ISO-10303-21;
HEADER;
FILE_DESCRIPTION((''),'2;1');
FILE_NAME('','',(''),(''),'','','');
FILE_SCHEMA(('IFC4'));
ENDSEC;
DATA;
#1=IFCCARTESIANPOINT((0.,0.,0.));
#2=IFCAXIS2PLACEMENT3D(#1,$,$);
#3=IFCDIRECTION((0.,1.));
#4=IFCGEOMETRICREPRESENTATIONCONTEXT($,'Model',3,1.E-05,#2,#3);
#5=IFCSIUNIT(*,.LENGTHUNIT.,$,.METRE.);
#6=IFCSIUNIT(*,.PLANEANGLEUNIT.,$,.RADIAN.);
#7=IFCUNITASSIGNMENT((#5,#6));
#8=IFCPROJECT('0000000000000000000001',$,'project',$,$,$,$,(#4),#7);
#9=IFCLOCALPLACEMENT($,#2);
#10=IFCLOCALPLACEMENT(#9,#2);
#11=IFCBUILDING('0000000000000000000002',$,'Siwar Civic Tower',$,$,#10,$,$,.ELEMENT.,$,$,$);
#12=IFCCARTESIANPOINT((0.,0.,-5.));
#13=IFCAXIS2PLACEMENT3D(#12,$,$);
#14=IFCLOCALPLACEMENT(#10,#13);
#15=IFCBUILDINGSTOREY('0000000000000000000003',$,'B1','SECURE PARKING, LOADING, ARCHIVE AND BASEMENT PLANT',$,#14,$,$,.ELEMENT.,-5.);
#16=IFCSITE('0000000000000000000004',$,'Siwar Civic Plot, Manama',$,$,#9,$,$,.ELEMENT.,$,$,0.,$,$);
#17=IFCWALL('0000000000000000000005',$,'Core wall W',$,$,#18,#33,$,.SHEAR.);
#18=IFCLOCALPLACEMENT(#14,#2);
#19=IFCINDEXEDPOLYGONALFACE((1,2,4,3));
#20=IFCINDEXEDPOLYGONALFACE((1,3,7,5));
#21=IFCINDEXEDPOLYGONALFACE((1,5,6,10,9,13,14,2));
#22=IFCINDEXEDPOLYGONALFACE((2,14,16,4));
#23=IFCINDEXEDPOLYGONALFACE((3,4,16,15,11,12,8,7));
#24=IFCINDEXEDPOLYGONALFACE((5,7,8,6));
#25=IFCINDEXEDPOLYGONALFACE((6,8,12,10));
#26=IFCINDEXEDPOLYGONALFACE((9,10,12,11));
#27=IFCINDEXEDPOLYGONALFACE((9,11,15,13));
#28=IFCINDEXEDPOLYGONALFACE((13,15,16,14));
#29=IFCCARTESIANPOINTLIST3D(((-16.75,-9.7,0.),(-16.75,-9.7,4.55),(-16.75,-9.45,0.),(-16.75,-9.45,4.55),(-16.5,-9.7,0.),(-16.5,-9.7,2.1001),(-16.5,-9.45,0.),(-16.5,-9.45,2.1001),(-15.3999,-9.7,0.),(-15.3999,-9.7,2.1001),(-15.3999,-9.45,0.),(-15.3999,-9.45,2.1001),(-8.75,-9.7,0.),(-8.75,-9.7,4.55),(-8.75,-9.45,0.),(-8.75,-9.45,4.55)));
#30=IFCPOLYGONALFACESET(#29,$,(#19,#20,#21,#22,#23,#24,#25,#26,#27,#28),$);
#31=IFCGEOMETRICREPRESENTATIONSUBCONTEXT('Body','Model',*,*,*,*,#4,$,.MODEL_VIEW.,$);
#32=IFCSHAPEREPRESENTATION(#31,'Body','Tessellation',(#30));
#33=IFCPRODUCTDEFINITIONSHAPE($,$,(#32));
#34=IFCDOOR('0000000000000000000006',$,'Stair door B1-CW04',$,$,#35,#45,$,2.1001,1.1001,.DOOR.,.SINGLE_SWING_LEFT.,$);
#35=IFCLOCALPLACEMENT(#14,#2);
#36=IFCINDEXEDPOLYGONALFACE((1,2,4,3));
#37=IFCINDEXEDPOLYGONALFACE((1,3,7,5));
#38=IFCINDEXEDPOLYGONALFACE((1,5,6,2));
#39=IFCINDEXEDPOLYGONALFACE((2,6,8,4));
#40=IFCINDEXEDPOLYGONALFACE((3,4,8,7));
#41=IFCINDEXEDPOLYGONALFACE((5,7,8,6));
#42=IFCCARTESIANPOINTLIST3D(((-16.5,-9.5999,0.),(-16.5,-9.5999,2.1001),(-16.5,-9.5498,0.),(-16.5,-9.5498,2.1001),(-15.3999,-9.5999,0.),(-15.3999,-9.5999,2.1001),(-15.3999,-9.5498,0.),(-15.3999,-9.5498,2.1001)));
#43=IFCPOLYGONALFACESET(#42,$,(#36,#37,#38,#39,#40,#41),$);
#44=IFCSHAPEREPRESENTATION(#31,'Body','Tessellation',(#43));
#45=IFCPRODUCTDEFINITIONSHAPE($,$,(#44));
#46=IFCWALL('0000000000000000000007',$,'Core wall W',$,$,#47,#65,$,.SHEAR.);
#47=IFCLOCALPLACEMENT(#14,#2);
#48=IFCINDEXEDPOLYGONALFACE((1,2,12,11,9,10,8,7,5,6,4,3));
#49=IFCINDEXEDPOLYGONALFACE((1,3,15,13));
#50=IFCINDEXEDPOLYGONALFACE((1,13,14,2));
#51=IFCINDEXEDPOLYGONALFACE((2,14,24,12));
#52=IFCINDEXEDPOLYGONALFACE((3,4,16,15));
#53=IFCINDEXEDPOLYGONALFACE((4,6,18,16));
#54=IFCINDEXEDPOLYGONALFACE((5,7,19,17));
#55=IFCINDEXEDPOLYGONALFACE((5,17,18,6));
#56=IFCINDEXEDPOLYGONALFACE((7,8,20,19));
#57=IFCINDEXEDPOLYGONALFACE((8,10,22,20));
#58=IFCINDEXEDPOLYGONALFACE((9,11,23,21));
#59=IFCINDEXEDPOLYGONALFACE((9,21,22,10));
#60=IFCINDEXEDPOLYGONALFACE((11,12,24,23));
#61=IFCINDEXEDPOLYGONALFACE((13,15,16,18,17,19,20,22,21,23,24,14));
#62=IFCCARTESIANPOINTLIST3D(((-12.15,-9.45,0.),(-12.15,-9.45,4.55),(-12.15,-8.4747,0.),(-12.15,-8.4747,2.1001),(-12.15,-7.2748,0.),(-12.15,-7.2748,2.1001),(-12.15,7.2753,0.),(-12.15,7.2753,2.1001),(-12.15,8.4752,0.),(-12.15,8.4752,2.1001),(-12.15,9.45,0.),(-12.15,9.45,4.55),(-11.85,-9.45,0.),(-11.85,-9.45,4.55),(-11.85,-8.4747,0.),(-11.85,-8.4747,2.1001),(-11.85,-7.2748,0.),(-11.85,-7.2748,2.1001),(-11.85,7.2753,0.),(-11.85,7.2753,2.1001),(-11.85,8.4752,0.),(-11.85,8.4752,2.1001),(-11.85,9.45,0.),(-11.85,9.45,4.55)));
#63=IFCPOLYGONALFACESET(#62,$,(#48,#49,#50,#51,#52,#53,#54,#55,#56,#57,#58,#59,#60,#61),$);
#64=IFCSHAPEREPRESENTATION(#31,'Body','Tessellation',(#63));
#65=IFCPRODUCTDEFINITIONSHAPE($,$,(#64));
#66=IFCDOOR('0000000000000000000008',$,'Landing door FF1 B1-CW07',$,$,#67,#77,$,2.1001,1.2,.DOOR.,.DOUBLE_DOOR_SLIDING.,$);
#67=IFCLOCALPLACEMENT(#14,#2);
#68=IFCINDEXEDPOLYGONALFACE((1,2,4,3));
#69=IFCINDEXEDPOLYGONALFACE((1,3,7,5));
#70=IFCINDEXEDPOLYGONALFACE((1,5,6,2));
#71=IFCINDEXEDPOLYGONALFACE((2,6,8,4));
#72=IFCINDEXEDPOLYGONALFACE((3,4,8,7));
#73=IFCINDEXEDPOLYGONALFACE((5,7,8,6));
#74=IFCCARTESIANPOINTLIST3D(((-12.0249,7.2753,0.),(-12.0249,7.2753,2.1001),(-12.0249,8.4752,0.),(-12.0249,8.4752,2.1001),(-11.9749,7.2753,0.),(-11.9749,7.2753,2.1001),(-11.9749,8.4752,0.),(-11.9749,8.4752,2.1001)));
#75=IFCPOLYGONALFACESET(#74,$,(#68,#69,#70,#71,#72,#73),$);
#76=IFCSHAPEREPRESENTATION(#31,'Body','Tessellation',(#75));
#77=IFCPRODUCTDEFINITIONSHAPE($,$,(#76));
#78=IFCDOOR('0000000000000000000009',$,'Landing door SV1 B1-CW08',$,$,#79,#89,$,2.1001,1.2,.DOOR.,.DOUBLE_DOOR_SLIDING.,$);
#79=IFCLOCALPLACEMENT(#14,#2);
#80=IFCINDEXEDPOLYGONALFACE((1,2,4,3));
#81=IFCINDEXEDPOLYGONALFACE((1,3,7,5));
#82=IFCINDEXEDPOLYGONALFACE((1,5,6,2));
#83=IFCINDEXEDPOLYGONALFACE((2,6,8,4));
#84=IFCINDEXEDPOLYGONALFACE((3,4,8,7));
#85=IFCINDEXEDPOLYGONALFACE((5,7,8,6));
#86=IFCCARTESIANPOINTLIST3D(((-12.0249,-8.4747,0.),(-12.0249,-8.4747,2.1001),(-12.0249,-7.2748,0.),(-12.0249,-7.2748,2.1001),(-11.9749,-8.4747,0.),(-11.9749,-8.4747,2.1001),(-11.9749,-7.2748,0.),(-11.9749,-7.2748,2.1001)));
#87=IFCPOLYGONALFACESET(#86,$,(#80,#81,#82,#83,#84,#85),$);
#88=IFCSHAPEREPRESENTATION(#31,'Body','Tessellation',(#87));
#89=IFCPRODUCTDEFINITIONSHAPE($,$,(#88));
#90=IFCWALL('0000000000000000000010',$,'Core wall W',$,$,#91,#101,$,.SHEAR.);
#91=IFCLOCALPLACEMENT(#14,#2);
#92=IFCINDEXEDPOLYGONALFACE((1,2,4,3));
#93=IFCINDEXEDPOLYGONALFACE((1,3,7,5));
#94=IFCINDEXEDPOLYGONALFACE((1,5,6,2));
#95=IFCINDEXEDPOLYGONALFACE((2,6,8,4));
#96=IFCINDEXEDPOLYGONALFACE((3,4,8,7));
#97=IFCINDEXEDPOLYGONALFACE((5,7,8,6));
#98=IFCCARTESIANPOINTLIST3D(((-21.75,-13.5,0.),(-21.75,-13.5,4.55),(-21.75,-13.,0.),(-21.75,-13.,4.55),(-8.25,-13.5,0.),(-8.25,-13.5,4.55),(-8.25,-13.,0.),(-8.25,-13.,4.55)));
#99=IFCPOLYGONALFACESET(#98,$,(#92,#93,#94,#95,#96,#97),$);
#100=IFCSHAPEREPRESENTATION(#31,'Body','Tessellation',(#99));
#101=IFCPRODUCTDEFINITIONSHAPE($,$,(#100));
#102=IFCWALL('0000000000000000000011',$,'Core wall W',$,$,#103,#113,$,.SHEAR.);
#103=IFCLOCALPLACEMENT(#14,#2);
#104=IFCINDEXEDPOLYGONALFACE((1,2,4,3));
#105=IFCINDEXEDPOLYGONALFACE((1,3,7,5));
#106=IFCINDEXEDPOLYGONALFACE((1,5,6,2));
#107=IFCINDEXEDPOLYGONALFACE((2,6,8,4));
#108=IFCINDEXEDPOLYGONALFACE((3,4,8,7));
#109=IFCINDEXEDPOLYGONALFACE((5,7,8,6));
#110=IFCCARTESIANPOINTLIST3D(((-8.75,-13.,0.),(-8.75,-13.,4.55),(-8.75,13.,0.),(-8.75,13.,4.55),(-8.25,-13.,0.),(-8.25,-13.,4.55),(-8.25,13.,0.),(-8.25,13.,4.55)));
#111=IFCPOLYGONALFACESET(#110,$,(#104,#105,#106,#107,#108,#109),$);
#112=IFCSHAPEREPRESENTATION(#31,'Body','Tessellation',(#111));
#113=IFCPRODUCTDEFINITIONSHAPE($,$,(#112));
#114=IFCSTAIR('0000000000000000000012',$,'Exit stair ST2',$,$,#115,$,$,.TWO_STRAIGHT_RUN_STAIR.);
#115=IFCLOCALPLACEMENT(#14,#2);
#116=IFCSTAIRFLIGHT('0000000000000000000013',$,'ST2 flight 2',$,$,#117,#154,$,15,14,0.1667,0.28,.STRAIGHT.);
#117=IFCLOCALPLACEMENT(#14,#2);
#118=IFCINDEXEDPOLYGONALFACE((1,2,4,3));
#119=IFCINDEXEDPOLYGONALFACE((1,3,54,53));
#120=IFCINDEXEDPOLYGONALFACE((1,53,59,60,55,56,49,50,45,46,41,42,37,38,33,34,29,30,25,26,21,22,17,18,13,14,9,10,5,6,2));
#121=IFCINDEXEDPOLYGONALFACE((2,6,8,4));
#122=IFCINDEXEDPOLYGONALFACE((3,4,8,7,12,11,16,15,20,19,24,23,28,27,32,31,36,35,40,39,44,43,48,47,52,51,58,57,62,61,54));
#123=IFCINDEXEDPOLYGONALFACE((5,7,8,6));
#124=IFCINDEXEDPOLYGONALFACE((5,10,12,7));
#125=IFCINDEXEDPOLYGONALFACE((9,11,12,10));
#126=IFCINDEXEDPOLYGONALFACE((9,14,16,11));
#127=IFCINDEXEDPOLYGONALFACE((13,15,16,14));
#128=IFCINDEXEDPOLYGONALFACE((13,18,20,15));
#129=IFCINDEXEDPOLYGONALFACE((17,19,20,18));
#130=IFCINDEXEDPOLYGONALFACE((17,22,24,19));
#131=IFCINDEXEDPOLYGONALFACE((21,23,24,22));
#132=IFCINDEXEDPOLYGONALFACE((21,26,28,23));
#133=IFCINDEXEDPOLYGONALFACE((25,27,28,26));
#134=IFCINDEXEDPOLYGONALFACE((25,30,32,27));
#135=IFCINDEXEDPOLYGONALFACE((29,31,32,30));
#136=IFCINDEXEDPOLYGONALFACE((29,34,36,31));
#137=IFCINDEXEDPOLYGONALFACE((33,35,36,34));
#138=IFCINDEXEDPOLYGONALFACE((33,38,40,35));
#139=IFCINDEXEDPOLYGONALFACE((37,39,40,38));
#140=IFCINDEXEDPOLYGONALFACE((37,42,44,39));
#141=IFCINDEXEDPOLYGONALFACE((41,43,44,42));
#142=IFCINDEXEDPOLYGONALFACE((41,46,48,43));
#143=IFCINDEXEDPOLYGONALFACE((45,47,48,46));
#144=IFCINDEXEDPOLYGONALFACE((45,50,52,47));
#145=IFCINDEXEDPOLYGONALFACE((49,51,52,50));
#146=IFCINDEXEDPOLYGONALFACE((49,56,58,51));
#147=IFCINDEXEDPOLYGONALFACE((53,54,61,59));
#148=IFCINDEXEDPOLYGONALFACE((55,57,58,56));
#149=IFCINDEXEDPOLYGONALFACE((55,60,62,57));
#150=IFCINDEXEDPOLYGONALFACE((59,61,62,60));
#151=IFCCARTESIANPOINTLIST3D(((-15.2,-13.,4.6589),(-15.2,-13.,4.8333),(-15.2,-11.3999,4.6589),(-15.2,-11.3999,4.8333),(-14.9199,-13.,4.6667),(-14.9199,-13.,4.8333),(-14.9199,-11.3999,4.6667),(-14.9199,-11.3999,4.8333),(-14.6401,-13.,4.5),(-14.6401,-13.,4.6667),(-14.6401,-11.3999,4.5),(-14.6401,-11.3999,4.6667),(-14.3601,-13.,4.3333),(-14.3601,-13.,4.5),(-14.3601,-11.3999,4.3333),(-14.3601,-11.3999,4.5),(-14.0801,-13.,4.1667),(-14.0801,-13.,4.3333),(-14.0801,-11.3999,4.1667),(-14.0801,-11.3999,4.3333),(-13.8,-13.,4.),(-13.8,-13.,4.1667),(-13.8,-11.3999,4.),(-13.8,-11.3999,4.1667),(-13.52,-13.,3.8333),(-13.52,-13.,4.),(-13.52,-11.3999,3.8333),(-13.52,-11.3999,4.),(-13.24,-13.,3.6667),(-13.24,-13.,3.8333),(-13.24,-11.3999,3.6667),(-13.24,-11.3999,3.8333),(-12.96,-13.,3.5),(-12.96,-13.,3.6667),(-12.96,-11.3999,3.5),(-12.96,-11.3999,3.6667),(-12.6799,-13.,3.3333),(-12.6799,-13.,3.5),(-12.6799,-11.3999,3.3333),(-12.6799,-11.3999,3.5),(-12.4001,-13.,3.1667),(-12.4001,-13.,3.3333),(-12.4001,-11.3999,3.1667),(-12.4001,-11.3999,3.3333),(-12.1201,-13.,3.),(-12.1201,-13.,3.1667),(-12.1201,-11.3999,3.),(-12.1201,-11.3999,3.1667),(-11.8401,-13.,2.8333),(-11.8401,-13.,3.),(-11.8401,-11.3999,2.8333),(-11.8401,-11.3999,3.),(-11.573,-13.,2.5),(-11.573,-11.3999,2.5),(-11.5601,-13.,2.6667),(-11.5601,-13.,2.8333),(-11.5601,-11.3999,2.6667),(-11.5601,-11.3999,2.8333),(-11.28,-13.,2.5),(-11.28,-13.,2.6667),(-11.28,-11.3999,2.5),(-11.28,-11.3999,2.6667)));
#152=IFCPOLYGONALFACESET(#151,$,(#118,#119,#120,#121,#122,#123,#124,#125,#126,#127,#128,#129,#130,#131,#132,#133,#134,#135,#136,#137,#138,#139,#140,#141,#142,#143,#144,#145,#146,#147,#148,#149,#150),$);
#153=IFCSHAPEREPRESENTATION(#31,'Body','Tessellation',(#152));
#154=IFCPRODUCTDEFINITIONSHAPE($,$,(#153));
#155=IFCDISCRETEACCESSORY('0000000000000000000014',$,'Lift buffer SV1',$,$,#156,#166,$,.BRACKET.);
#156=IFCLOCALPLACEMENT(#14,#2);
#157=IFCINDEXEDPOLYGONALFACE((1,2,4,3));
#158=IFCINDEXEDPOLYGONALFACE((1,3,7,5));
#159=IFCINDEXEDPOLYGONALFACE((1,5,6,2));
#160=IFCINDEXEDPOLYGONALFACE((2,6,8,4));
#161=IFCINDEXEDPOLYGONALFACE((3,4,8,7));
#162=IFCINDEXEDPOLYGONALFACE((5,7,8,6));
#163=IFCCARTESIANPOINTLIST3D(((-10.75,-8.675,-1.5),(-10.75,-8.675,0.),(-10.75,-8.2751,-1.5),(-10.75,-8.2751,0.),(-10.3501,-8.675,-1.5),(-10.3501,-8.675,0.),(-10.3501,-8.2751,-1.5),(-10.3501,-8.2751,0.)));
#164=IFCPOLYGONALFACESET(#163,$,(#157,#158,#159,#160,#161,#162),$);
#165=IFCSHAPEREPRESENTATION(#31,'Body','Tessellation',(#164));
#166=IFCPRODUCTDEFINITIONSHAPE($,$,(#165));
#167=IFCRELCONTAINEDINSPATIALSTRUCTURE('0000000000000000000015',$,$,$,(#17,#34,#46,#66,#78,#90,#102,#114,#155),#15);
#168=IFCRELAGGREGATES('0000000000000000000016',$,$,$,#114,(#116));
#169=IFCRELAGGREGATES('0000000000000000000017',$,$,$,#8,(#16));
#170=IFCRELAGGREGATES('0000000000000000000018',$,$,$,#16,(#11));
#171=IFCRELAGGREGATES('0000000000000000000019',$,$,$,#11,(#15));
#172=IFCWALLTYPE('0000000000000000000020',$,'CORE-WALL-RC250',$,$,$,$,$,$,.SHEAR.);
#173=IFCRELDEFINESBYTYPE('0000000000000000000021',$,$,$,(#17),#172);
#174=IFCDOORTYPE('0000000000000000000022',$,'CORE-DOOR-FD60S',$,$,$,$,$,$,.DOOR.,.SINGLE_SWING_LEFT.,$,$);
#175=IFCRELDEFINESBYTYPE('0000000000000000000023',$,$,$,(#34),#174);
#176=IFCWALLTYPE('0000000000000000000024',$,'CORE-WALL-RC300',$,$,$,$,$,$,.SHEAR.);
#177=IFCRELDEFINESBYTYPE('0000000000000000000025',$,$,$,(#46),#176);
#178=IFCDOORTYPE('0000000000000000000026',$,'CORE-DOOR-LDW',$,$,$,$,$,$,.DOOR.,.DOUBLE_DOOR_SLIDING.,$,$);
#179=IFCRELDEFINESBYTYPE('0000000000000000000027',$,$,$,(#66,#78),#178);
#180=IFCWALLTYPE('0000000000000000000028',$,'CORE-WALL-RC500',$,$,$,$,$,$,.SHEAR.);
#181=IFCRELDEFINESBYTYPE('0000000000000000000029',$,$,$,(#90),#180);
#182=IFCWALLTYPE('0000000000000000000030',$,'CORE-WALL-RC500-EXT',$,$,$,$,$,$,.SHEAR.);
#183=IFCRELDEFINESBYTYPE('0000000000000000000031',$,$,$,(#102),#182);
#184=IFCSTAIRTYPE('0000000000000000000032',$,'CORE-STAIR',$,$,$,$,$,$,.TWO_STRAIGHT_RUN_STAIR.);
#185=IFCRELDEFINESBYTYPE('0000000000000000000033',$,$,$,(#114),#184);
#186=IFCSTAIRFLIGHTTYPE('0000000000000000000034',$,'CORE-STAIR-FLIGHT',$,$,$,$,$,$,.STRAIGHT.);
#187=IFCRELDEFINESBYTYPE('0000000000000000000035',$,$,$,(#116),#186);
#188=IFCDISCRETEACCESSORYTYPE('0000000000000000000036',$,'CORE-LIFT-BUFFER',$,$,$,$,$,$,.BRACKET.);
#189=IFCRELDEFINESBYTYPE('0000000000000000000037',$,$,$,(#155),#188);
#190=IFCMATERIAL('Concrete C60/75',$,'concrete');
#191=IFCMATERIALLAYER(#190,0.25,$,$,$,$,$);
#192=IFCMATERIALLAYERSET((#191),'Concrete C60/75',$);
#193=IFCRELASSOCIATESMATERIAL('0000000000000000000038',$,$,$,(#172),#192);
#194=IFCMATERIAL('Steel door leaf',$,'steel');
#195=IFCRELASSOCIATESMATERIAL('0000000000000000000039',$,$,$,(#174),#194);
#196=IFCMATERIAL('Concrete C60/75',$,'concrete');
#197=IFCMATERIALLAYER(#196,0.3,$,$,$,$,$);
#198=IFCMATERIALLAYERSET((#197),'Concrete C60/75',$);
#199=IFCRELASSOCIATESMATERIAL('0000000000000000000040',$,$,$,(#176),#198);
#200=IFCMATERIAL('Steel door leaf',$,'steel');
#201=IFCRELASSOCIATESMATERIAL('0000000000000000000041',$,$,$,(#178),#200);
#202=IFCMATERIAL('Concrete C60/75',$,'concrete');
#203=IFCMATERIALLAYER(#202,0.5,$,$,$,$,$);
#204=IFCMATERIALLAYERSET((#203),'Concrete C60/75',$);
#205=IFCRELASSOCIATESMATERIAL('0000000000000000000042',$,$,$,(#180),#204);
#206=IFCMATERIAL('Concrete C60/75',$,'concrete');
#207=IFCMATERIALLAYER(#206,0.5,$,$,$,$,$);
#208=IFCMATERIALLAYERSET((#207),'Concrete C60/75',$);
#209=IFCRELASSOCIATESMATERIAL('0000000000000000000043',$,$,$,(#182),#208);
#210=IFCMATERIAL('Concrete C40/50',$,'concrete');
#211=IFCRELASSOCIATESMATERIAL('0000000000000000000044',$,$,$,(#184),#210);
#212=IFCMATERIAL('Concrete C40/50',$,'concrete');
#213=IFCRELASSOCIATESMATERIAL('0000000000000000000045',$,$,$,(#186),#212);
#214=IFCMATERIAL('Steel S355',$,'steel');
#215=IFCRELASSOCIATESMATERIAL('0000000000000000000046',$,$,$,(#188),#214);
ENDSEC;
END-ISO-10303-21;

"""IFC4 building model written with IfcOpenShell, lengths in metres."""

from ifc_helpers import new_model, si_unit, direction, frame, frame_2d, origin, origin_2d, place, context, subcontext, project, spatial, polyline, rectangle, outline, extrude, material, layer, layer_set, type_object, element, fill, aggregate, save


model = new_model("IFC4")

# Units and contexts
model_context = context("Model", 3, precision=1e-05, world=origin(), true_north=direction((0.0, 1.0)))
body_context = subcontext(model_context, "Body", "Model", "MODEL_VIEW")
ifc_project = project(units=[si_unit("LENGTHUNIT", "METRE"), si_unit("PLANEANGLEUNIT", "RADIAN")], contexts=[model_context])

# Site, building, storey
site_placement = place(None, origin())
site = spatial("IfcSite", under=ifc_project, at=site_placement, Name="Siwar Civic Plot, Manama", CompositionType="ELEMENT", RefElevation=0.0)
building_placement = place(site_placement, origin())
building = spatial("IfcBuilding", under=site, at=building_placement, Name="Siwar Civic Tower", CompositionType="ELEMENT")
storey_placement = place(building_placement, frame((0.0, 0.0, -5.0)))
storey = spatial("IfcBuildingStorey", under=building, at=storey_placement, Name="B1", Description="SECURE PARKING, LOADING, ARCHIVE AND BASEMENT PLANT", CompositionType="ELEMENT", Elevation=-5.0)

# Wall, opening, door
ifc_material_1 = material(Name="Concrete C60/75", Category="concrete")
ifc_layer_1 = layer(ifc_material_1, 0.25)
ifc_layer_set_1 = layer_set([ifc_layer_1], Name="Concrete C60/75")
wall_type_1 = type_object("IfcWallType", Name="CORE-WALL-RC250", PredefinedType="SHEAR", material=ifc_layer_set_1)
wall_1_placement = place(storey_placement, frame((-8.75, -9.575, 0.0), z_axis=(0.0, 0.0, 1.0), x_axis=(-1.0, 0.0, 0.0)))
wall_1 = element("IfcWall", 1, at=wall_1_placement, inside=storey, type_object=wall_type_1, Name="Core wall W", PredefinedType="SHEAR", context=body_context, shape_type="SweptSolid", body=[
    extrude(rectangle(XDim=8.0, YDim=0.25, at=frame_2d((4.0, 0.0))), origin(), (0.0, 0.0, 1.0), 4.55),
])
opening_1_placement = place(wall_1_placement, frame((6.6499, 0.0, 0.0)))
opening_1 = element("IfcOpeningElement", 2, at=opening_1_placement, cuts=wall_1, PredefinedType="OPENING", context=body_context, shape_type="SweptSolid", body=[
    extrude(rectangle(XDim=1.1001, YDim=2.1001, at=frame_2d((0.55, 1.05))), frame((0.0, 0.135, 0.0), z_axis=(0.0, -1.0, 0.0), x_axis=(1.0, 0.0, 0.0)), (0.0, 0.0, 1.0), 0.27),
])
ifc_material_2 = material(Name="Steel door leaf", Category="steel")
door_type_1 = type_object("IfcDoorType", Name="CORE-DOOR-FD60S", OperationType="SINGLE_SWING_LEFT", PredefinedType="DOOR", material=ifc_material_2)
door_1_placement = place(opening_1_placement, origin())
door_1 = element("IfcDoor", 3, at=door_1_placement, inside=storey, type_object=door_type_1, Name="Stair door B1-CW04", OperationType="SINGLE_SWING_LEFT", OverallHeight=2.1001, OverallWidth=1.1001, PredefinedType="DOOR", context=body_context, shape_type="SweptSolid", body=[
    extrude(rectangle(XDim=1.1001, YDim=2.1001, at=frame_2d((0.55, 1.05))), frame((0.0, 0.0249, 0.0), z_axis=(0.0, -1.0, 0.0), x_axis=(1.0, 0.0, 0.0)), (0.0, 0.0, 1.0), 0.05),
])
fill(opening_1, door_1)

# Wall, openings, doors
ifc_material_3 = material(Name="Concrete C60/75", Category="concrete")
ifc_layer_2 = layer(ifc_material_3, 0.3)
ifc_layer_set_2 = layer_set([ifc_layer_2], Name="Concrete C60/75")
wall_type_2 = type_object("IfcWallType", Name="CORE-WALL-RC300", PredefinedType="SHEAR", material=ifc_layer_set_2)
wall_2_placement = place(storey_placement, frame((-12.0, -9.45, 0.0), z_axis=(0.0, 0.0, 1.0), x_axis=(0.0, 1.0, 0.0)))
wall_2 = element("IfcWall", 4, at=wall_2_placement, inside=storey, type_object=wall_type_2, Name="Core wall W", PredefinedType="SHEAR", context=body_context, shape_type="SweptSolid", body=[
    extrude(rectangle(XDim=18.8999, YDim=0.3, at=frame_2d((9.45, 0.0))), origin(), (0.0, 0.0, 1.0), 4.55),
])
opening_2_placement = place(wall_2_placement, frame((16.7251, 0.0, 0.0)))
opening_2 = element("IfcOpeningElement", 5, at=opening_2_placement, cuts=wall_2, PredefinedType="OPENING", context=body_context, shape_type="SweptSolid", body=[
    extrude(rectangle(XDim=1.2, YDim=2.1001, at=frame_2d((0.6001, 1.05))), frame((0.0, 0.1602, 0.0), z_axis=(0.0, -1.0, 0.0), x_axis=(1.0, 0.0, 0.0)), (0.0, 0.0, 1.0), 0.3201),
])
opening_3_placement = place(wall_2_placement, frame((0.9751, 0.0, 0.0)))
opening_3 = element("IfcOpeningElement", 6, at=opening_3_placement, cuts=wall_2, PredefinedType="OPENING", context=body_context, shape_type="SweptSolid", body=[
    extrude(rectangle(XDim=1.2, YDim=2.1001, at=frame_2d((0.6001, 1.05))), frame((0.0, 0.1602, 0.0), z_axis=(0.0, -1.0, 0.0), x_axis=(1.0, 0.0, 0.0)), (0.0, 0.0, 1.0), 0.3201),
])
ifc_material_4 = material(Name="Steel door leaf", Category="steel")
door_type_2 = type_object("IfcDoorType", Name="CORE-DOOR-LDW", OperationType="DOUBLE_DOOR_SLIDING", PredefinedType="DOOR", material=ifc_material_4)
door_2_placement = place(opening_2_placement, origin())
door_2 = element("IfcDoor", 7, at=door_2_placement, inside=storey, type_object=door_type_2, Name="Landing door FF1 B1-CW07", OperationType="DOUBLE_DOOR_SLIDING", OverallHeight=2.1001, OverallWidth=1.2, PredefinedType="DOOR", context=body_context, shape_type="SweptSolid", body=[
    extrude(rectangle(XDim=1.2, YDim=2.1001, at=frame_2d((0.6001, 1.05))), frame((0.0, 0.0249, 0.0), z_axis=(0.0, -1.0, 0.0), x_axis=(1.0, 0.0, 0.0)), (0.0, 0.0, 1.0), 0.05),
])
fill(opening_2, door_2)
door_3_placement = place(opening_3_placement, origin())
door_3 = element("IfcDoor", 8, at=door_3_placement, inside=storey, type_object=door_type_2, Name="Landing door SV1 B1-CW08", OperationType="DOUBLE_DOOR_SLIDING", OverallHeight=2.1001, OverallWidth=1.2, PredefinedType="DOOR", context=body_context, shape_type="SweptSolid", body=[
    extrude(rectangle(XDim=1.2, YDim=2.1001, at=frame_2d((0.6001, 1.05))), frame((0.0, 0.0249, 0.0), z_axis=(0.0, -1.0, 0.0), x_axis=(1.0, 0.0, 0.0)), (0.0, 0.0, 1.0), 0.05),
])
fill(opening_3, door_3)

# Walls
ifc_material_5 = material(Name="Concrete C60/75", Category="concrete")
ifc_layer_3 = layer(ifc_material_5, 0.5)
ifc_layer_set_3 = layer_set([ifc_layer_3], Name="Concrete C60/75")
wall_type_3 = type_object("IfcWallType", Name="CORE-WALL-RC500", PredefinedType="SHEAR", material=ifc_layer_set_3)
wall_3_placement = place(storey_placement, frame((-8.25, -13.25, 0.0), z_axis=(0.0, 0.0, 1.0), x_axis=(-1.0, 0.0, 0.0)))
element("IfcWall", 9, at=wall_3_placement, inside=storey, type_object=wall_type_3, Name="Core wall W", PredefinedType="SHEAR", context=body_context, shape_type="SweptSolid", body=[
    extrude(rectangle(XDim=13.5, YDim=0.5, at=frame_2d((6.75, 0.0))), origin(), (0.0, 0.0, 1.0), 4.55),
])
ifc_material_6 = material(Name="Concrete C60/75", Category="concrete")
ifc_layer_4 = layer(ifc_material_6, 0.5)
ifc_layer_set_4 = layer_set([ifc_layer_4], Name="Concrete C60/75")
wall_type_4 = type_object("IfcWallType", Name="CORE-WALL-RC500-EXT", PredefinedType="SHEAR", material=ifc_layer_set_4)
wall_4_placement = place(storey_placement, frame((-8.5, -13.0, 0.0), z_axis=(0.0, 0.0, 1.0), x_axis=(0.0, 1.0, 0.0)))
element("IfcWall", 10, at=wall_4_placement, inside=storey, type_object=wall_type_4, Name="Core wall W", PredefinedType="SHEAR", context=body_context, shape_type="SweptSolid", body=[
    extrude(rectangle(XDim=26.0, YDim=0.5, at=frame_2d((13.0, 0.0))), origin(), (0.0, 0.0, 1.0), 4.55),
])

# Stair, stair flight
ifc_material_7 = material(Name="Concrete C40/50", Category="concrete")
stair_type = type_object("IfcStairType", Name="CORE-STAIR", PredefinedType="TWO_STRAIGHT_RUN_STAIR", material=ifc_material_7)
stair_placement = place(storey_placement, origin())
stair = element("IfcStair", 11, at=stair_placement, inside=storey, type_object=stair_type, Name="Exit stair ST2", PredefinedType="TWO_STRAIGHT_RUN_STAIR")
ifc_material_8 = material(Name="Concrete C40/50", Category="concrete")
stair_flight_type = type_object("IfcStairFlightType", Name="CORE-STAIR-FLIGHT", PredefinedType="STRAIGHT", material=ifc_material_8)
stair_flight_placement = place(storey_placement, frame((-11.28, -12.2, 2.5), z_axis=(0.0, 0.0, 1.0), x_axis=(-1.0, 0.0, 0.0)))
stair_flight = element("IfcStairFlight", 12, at=stair_flight_placement, type_object=stair_flight_type, Name="ST2 flight 2", NumberOfRisers=15, NumberOfTreads=14, PredefinedType="STRAIGHT", RiserHeight=0.1667, TreadLength=0.28, context=body_context, shape_type="SweptSolid", body=[
    extrude(outline(polyline([(0.0, 0.0), (0.0, 0.1667), (0.28, 0.1667), (0.28, 0.3333), (0.5601, 0.3333), (0.5601, 0.5), (0.8401, 0.5), (0.8401, 0.6667), (1.1201, 0.6667), (1.1201, 0.8333), (1.3999, 0.8333), (1.3999, 1.0), (1.6799, 1.0), (1.6799, 1.1667), (1.96, 1.1667), (1.96, 1.3333), (2.24, 1.3333), (2.24, 1.5), (2.52, 1.5), (2.52, 1.6667), (2.8, 1.6667), (2.8, 1.8333), (3.0801, 1.8333), (3.0801, 2.0), (3.3601, 2.0), (3.3601, 2.1667), (3.6399, 2.1667), (3.6399, 2.3333), (3.9199, 2.3333), (3.9199, 2.5), (3.9199, 2.1589), (0.293, 0.0), (0.0, 0.0)])), frame((0.0, 0.8, 0.0), z_axis=(0.0, -1.0, 0.0), x_axis=(1.0, 0.0, 0.0)), (0.0, 0.0, 1.0), 1.6001),
])
aggregate(stair, [stair_flight])

# Discrete accessory
ifc_material_9 = material(Name="Steel S355", Category="steel")
discrete_accessory_type = type_object("IfcDiscreteAccessoryType", Name="CORE-LIFT-BUFFER", PredefinedType="BRACKET", material=ifc_material_9)
discrete_accessory_placement = place(storey_placement, frame((-10.55, -8.4751, -1.5), z_axis=(0.0, 0.0, 1.0), x_axis=(1.0, 0.0, 0.0)))
element("IfcDiscreteAccessory", 13, at=discrete_accessory_placement, inside=storey, type_object=discrete_accessory_type, Name="Lift buffer SV1", PredefinedType="BRACKET", context=body_context, shape_type="SweptSolid", body=[
    extrude(rectangle(XDim=0.3999, YDim=0.3999, at=origin_2d()), origin(), (0.0, 0.0, 1.0), 1.5),
])

save(model, "model.ifc")
